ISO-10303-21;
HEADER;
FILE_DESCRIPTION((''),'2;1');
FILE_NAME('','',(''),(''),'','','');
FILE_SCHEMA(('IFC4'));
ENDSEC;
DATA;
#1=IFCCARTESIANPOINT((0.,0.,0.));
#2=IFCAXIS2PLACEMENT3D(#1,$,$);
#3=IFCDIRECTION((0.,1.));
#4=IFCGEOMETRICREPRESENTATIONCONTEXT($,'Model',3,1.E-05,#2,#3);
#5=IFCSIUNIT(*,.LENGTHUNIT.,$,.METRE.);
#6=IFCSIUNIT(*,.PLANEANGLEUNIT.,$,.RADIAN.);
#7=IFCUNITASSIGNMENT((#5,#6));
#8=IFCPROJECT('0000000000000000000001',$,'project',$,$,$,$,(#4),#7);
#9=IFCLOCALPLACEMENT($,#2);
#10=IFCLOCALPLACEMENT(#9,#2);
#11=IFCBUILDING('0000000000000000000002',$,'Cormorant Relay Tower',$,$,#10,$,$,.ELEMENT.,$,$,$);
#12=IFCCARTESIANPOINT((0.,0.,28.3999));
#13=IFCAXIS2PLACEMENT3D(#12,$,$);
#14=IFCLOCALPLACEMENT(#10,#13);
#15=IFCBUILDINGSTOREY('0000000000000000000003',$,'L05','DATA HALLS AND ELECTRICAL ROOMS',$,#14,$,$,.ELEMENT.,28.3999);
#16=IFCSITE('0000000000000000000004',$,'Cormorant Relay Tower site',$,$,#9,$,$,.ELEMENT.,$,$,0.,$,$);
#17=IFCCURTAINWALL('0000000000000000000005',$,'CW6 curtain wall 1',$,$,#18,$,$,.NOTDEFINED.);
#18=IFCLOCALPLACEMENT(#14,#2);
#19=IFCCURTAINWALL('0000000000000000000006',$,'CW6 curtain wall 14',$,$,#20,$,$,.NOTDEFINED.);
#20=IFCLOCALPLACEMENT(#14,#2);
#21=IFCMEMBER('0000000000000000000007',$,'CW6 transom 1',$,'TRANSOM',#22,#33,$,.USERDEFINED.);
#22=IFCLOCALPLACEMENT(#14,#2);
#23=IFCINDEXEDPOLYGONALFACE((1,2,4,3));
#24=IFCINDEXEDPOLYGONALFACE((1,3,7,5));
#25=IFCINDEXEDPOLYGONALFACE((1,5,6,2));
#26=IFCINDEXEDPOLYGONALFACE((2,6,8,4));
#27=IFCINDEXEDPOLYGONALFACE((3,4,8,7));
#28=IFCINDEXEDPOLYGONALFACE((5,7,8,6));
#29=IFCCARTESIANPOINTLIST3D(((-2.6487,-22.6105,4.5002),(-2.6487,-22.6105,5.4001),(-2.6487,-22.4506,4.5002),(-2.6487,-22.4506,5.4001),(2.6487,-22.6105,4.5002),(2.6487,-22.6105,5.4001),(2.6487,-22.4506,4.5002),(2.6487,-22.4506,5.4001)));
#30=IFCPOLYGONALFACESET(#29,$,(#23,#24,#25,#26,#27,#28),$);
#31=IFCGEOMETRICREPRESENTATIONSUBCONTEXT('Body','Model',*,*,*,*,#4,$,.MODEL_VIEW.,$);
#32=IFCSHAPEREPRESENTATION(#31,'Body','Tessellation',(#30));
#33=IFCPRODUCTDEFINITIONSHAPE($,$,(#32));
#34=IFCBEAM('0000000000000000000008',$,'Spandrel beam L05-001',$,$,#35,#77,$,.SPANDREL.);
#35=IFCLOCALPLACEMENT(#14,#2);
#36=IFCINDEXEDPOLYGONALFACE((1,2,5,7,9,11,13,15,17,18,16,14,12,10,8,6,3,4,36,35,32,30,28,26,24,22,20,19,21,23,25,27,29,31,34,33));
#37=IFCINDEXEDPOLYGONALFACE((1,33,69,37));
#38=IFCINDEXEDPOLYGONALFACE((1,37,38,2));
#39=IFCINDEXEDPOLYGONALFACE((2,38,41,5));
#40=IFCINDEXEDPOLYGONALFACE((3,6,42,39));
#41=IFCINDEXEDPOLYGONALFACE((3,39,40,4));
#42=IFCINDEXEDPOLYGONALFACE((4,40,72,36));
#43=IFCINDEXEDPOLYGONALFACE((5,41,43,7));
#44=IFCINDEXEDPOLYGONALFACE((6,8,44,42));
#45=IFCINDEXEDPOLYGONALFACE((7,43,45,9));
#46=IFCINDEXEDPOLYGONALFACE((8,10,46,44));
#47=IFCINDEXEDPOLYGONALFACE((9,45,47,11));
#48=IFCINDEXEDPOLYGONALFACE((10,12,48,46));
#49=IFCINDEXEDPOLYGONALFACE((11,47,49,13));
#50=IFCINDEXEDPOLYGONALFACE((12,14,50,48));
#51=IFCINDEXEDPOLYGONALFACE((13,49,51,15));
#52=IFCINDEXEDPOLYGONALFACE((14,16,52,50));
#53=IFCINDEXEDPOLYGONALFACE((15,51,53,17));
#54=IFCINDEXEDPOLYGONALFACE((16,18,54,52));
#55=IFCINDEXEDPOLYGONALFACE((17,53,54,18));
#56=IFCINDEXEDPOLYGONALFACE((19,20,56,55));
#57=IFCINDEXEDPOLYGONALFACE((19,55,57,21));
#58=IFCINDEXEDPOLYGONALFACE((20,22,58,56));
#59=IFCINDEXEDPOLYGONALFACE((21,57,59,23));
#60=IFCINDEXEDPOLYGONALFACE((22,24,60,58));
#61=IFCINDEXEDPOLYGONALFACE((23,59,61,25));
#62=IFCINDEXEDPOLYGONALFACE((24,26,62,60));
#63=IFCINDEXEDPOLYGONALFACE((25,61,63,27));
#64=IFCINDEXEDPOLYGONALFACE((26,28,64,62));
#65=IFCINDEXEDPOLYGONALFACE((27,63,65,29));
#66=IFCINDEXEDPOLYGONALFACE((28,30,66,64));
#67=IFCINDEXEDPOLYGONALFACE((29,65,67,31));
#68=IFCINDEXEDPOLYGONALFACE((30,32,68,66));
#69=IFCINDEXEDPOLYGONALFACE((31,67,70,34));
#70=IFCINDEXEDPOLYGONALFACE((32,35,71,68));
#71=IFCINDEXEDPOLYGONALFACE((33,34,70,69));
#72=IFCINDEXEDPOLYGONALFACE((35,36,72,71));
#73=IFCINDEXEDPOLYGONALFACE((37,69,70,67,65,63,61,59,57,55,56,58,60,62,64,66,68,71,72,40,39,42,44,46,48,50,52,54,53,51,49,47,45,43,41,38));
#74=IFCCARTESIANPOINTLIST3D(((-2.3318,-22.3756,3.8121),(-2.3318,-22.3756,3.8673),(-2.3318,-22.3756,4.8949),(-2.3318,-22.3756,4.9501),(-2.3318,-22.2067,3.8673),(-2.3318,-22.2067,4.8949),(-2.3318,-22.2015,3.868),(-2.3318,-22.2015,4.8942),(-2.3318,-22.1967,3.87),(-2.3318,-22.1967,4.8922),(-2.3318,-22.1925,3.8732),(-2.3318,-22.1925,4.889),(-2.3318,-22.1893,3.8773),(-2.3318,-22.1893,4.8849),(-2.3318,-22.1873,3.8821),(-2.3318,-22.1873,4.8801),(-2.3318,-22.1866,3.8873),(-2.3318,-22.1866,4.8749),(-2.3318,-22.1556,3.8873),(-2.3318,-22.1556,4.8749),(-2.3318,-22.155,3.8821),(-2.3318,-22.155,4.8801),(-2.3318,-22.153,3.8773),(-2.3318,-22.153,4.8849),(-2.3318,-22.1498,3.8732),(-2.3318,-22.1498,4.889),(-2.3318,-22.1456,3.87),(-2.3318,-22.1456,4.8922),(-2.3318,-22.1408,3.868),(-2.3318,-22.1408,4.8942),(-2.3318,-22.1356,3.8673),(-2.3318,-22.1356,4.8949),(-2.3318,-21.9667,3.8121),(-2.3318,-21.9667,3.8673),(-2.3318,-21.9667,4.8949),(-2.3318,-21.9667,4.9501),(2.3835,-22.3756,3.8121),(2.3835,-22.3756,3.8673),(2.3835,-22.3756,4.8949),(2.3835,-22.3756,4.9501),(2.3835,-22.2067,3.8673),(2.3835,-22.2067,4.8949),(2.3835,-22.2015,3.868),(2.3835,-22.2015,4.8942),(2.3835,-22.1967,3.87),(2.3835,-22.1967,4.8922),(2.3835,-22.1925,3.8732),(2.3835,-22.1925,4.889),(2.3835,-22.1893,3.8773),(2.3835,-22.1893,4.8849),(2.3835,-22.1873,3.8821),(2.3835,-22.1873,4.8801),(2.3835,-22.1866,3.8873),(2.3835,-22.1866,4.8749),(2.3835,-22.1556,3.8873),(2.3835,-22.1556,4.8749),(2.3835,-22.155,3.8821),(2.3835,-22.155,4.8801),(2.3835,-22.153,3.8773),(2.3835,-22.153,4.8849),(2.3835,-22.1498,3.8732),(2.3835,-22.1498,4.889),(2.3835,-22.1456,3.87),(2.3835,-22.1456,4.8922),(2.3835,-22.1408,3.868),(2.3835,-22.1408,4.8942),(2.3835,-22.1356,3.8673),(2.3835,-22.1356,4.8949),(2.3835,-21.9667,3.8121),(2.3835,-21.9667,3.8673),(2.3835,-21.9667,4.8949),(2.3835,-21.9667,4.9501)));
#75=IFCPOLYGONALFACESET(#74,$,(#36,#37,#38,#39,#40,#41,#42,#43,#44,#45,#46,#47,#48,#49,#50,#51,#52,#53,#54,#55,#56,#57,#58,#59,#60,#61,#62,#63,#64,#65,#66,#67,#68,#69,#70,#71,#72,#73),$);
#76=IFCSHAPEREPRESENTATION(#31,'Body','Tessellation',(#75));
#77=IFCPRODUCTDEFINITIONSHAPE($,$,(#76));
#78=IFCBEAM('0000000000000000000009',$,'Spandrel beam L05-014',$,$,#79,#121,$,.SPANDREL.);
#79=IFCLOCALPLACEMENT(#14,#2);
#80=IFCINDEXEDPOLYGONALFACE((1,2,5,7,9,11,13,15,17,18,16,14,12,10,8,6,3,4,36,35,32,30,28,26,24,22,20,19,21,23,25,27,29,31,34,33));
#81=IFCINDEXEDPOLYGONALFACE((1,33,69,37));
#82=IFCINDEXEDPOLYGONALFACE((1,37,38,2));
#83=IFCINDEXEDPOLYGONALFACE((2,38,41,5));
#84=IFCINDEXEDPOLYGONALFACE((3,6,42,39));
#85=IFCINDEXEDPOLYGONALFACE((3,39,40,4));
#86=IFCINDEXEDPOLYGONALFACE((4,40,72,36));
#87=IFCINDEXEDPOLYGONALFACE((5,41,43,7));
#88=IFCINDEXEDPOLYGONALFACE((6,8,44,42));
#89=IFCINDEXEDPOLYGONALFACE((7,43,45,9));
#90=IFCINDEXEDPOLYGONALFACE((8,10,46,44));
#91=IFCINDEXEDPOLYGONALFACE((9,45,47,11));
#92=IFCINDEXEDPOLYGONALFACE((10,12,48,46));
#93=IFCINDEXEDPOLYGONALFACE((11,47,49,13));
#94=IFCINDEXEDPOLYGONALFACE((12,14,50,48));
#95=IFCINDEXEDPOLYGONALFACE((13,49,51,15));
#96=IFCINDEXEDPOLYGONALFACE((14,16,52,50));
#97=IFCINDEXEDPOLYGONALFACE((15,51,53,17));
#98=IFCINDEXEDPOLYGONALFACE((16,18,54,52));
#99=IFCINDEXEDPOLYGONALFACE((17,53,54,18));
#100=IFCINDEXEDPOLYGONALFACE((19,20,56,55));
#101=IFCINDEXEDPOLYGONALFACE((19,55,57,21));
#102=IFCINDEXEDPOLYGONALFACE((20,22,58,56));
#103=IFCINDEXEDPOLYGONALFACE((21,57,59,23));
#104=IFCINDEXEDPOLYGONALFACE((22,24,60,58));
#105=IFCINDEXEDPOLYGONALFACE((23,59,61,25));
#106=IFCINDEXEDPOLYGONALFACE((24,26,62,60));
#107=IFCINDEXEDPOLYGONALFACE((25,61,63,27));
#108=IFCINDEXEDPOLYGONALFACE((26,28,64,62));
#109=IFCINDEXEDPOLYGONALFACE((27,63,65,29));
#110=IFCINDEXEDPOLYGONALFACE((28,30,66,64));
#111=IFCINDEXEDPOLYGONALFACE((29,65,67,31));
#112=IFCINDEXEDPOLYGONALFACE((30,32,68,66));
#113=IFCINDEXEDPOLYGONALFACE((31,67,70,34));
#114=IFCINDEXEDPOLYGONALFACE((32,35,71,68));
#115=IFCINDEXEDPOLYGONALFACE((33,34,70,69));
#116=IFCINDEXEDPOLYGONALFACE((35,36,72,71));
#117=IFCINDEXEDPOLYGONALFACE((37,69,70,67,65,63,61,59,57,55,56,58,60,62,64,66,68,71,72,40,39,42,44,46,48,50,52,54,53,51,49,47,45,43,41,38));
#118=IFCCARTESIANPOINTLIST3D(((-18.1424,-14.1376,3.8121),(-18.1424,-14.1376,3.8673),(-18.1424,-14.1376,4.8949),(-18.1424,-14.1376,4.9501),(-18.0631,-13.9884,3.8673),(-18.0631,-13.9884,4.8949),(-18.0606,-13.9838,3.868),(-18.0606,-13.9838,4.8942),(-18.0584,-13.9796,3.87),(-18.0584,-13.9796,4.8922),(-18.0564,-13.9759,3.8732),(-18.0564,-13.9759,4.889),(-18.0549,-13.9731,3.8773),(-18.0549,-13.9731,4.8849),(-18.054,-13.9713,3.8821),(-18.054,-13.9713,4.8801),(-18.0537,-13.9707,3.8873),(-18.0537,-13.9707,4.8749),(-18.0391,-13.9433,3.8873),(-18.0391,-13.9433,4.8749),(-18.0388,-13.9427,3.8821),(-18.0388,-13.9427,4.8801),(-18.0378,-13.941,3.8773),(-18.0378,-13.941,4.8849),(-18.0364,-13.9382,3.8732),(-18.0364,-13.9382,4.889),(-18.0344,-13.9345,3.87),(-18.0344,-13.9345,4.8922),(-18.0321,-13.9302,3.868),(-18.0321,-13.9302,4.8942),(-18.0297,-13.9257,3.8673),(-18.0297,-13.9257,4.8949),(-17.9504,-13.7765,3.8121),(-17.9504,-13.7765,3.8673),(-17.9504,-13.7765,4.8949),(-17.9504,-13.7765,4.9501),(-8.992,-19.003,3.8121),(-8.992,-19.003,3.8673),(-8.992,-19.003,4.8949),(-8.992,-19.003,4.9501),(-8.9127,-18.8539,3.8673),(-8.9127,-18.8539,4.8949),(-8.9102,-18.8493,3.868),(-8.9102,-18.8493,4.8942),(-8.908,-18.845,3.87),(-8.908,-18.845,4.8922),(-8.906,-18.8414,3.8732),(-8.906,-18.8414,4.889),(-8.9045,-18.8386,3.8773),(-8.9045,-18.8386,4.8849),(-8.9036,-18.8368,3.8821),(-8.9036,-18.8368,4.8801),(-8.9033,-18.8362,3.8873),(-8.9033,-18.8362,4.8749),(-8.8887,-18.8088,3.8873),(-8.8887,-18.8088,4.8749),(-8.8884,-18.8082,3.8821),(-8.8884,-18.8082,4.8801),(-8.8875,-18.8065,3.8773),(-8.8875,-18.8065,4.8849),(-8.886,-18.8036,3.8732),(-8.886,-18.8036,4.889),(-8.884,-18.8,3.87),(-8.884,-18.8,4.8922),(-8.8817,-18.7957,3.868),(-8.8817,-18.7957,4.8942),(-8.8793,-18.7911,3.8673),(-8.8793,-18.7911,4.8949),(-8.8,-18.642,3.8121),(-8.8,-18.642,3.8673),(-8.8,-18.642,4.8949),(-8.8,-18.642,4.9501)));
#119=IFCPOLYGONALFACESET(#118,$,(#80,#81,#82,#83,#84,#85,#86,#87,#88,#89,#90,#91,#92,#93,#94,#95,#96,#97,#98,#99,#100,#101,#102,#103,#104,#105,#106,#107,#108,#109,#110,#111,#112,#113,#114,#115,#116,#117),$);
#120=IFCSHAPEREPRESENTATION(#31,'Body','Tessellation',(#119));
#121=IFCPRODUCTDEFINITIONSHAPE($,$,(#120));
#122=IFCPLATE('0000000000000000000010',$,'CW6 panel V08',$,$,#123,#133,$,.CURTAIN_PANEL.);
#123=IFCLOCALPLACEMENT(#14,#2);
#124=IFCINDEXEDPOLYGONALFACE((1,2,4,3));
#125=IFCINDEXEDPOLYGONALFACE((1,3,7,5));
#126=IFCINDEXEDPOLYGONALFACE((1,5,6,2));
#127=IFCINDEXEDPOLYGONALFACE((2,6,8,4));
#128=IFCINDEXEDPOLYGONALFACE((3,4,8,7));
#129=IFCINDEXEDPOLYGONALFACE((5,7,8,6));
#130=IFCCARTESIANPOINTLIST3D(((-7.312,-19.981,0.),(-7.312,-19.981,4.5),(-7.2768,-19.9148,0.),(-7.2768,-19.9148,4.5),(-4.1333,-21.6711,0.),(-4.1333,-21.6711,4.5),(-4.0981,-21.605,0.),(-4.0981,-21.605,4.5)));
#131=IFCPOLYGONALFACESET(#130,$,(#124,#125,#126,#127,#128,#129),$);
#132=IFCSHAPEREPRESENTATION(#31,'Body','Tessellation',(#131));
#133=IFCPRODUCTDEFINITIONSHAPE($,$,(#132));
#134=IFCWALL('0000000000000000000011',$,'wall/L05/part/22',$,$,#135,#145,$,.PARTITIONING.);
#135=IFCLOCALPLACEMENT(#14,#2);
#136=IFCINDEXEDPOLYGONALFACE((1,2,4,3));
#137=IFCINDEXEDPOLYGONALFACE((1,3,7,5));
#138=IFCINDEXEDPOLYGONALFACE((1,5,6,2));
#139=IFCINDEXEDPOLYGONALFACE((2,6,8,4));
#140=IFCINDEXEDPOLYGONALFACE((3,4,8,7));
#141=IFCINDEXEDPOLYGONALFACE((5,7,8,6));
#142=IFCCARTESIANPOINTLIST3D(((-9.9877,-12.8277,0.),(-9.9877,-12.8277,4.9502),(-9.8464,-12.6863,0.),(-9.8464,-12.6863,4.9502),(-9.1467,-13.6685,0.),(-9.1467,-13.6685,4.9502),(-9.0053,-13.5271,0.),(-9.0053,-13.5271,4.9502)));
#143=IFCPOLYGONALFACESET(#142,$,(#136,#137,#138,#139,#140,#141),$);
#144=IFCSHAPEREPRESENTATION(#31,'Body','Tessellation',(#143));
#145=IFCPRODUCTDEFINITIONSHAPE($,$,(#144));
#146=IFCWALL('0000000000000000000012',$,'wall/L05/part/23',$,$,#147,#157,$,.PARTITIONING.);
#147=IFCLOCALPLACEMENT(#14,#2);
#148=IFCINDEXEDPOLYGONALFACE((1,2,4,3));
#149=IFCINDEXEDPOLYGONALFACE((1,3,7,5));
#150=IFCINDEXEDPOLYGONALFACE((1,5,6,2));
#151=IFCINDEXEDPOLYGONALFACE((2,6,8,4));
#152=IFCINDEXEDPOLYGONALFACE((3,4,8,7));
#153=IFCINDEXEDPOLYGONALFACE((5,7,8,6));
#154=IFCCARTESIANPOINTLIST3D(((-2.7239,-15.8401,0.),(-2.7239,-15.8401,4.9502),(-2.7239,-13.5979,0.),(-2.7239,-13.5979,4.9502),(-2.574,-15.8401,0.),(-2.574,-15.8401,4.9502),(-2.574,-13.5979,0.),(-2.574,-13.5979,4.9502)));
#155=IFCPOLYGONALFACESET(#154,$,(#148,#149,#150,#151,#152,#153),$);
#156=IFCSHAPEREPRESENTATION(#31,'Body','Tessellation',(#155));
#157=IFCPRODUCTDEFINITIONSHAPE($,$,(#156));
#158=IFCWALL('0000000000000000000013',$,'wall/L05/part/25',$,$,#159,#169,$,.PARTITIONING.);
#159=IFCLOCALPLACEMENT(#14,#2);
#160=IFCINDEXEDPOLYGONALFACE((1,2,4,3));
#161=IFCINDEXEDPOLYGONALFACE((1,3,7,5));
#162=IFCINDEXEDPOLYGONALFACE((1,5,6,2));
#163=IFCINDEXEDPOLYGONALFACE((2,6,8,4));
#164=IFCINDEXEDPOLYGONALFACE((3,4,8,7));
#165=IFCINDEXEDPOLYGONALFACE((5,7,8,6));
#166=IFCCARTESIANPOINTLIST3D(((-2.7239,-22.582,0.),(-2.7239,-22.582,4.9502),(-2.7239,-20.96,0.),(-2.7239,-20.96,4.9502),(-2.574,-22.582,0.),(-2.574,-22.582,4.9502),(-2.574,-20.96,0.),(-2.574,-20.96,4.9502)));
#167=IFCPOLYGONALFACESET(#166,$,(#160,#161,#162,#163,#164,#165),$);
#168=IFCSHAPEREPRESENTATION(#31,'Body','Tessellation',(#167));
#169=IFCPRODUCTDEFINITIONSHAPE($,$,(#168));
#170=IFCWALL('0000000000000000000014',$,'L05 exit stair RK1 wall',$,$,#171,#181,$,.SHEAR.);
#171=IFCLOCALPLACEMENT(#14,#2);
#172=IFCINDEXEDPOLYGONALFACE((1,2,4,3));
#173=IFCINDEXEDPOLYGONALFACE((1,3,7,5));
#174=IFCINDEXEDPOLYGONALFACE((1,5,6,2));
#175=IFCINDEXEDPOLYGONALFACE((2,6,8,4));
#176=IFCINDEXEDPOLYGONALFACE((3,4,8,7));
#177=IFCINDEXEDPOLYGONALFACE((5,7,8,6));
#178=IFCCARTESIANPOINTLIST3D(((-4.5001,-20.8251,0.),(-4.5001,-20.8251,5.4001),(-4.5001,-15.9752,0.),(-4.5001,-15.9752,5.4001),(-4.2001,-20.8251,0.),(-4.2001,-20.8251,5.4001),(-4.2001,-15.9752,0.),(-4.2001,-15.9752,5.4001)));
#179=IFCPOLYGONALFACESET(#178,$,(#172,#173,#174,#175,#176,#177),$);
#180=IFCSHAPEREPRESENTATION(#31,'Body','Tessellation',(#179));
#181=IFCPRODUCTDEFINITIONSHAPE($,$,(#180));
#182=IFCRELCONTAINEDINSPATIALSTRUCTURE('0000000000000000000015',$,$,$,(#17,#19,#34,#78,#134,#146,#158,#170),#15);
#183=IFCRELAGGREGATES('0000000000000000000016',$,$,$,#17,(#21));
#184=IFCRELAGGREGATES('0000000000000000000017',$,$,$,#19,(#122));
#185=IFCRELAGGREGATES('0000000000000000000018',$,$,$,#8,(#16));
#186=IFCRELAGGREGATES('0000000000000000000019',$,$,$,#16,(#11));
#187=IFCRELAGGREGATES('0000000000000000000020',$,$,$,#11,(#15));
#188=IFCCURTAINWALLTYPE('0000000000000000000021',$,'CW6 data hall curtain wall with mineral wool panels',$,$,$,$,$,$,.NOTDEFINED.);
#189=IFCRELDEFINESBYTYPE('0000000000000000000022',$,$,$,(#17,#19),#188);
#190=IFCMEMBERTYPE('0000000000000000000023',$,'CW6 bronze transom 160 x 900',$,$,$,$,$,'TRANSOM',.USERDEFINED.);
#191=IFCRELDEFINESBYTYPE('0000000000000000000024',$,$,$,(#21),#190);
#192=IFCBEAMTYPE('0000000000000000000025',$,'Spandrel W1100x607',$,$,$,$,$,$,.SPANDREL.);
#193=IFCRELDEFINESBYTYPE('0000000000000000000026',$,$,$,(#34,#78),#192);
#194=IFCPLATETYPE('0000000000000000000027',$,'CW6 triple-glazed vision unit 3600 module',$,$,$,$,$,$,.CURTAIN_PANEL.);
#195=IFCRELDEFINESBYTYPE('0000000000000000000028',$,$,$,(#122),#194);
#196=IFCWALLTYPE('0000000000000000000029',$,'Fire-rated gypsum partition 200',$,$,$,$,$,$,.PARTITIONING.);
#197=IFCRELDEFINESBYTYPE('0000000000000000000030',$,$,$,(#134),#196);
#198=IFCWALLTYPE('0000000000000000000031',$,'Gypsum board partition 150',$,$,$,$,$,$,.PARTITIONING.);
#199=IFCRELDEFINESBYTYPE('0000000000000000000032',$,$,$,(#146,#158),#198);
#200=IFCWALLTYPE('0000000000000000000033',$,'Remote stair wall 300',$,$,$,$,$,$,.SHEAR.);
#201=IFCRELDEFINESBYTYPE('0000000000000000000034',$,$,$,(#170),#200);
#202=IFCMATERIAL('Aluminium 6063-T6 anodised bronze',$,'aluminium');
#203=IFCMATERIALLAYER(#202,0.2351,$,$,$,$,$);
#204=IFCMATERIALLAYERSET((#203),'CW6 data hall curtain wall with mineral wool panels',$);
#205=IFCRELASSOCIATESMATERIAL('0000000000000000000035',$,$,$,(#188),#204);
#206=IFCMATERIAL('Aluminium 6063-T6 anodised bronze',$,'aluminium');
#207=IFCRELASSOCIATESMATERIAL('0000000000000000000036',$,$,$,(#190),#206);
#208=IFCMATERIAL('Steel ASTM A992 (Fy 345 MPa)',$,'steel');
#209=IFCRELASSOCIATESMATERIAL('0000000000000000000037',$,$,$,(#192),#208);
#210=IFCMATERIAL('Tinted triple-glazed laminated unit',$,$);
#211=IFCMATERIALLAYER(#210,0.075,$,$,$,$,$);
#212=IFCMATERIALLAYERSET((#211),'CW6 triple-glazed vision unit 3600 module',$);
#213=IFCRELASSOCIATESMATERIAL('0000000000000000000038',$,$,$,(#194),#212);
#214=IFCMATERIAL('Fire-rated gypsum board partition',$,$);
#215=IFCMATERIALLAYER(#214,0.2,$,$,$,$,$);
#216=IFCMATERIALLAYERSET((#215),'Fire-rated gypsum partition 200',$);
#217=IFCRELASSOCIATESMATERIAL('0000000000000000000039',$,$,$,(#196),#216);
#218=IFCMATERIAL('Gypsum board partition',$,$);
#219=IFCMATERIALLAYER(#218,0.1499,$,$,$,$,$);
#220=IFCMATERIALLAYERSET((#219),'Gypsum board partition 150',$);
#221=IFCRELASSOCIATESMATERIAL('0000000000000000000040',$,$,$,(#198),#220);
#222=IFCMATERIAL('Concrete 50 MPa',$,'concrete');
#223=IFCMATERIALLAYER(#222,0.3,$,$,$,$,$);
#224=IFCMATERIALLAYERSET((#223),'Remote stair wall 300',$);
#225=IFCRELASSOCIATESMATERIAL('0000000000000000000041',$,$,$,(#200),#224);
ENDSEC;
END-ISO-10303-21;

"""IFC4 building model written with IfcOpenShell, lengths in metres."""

from ifc_helpers import new_model, si_unit, direction, frame, frame_2d, origin, origin_2d, place, context, subcontext, project, spatial, rectangle, i_section, extrude, material, layer, layer_set, material_profile, profile_set, type_object, element, aggregate, save


model = new_model("IFC4")

# Units and contexts
model_context = context("Model", 3, precision=1e-05, world=origin(), true_north=direction((0.0, 1.0)))
body_context = subcontext(model_context, "Body", "Model", "MODEL_VIEW")
ifc_project = project(units=[si_unit("LENGTHUNIT", "METRE"), si_unit("PLANEANGLEUNIT", "RADIAN")], contexts=[model_context])

# Site, building, storey
site_placement = place(None, origin())
site = spatial("IfcSite", under=ifc_project, at=site_placement, Name="Cormorant Relay Tower site", CompositionType="ELEMENT", RefElevation=0.0)
building_placement = place(site_placement, origin())
building = spatial("IfcBuilding", under=site, at=building_placement, Name="Cormorant Relay Tower", CompositionType="ELEMENT")
storey_placement = place(building_placement, frame((0.0, 0.0, 28.3999)))
storey = spatial("IfcBuildingStorey", under=building, at=storey_placement, Name="L05", Description="DATA HALLS AND ELECTRICAL ROOMS", CompositionType="ELEMENT", Elevation=28.3999)

# Curtain wall
ifc_material_1 = material(Name="Aluminium 6063-T6 anodised bronze", Category="aluminium")
ifc_layer_1 = layer(ifc_material_1, 0.2351)
ifc_layer_set_1 = layer_set([ifc_layer_1], Name="CW6 data hall curtain wall with mineral wool panels")
curtain_wall_type = type_object("IfcCurtainWallType", Name="CW6 data hall curtain wall with mineral wool panels", PredefinedType="NOTDEFINED", material=ifc_layer_set_1)
curtain_wall_1_placement = place(storey_placement, origin())
curtain_wall_1 = element("IfcCurtainWall", 1, at=curtain_wall_1_placement, inside=storey, type_object=curtain_wall_type, Name="CW6 curtain wall 1", PredefinedType="NOTDEFINED")

# Curtain wall
curtain_wall_2_placement = place(storey_placement, origin())
curtain_wall_2 = element("IfcCurtainWall", 2, at=curtain_wall_2_placement, inside=storey, type_object=curtain_wall_type, Name="CW6 curtain wall 14", PredefinedType="NOTDEFINED")

# Member
ifc_material_2 = material(Name="Aluminium 6063-T6 anodised bronze", Category="aluminium")
ifc_material_profile_1 = material_profile(ifc_material_2, rectangle(XDim=0.1599, YDim=0.8999, at=origin_2d()), Name="AL 160x900")
ifc_profile_set_1 = profile_set([ifc_material_profile_1], Name="Aluminium 6063-T6 anodised bronze")
member_type_1 = type_object("IfcMemberType", Name="CW6 bronze transom 160 x 900", ElementType="TRANSOM", PredefinedType="USERDEFINED", material=ifc_profile_set_1)
member_1_placement = place(storey_placement, frame((-2.6487, -22.5305, 4.9502), z_axis=(1.0, 0.0, 0.0), x_axis=(0.0, 1.0, 0.0)))
member_1 = element("IfcMember", 3, at=member_1_placement, type_object=member_type_1, Name="CW6 transom 1", ObjectType="TRANSOM", PredefinedType="USERDEFINED", context=body_context, shape_type="SweptSolid", body=[
    extrude(rectangle(XDim=0.1599, YDim=0.8999, at=origin_2d()), origin(), (0.0, 0.0, 1.0), 5.2974),
])

# Beams
ifc_material_3 = material(Name="Steel ASTM A992 (Fy 345 MPa)", Category="steel")
ifc_material_profile_2 = material_profile(ifc_material_3, i_section(OverallWidth=0.4089, OverallDepth=1.1379, WebThickness=0.031, FlangeThickness=0.0552, FilletRadius=0.02, at=origin_2d()), Name="W1100x607")
ifc_profile_set_2 = profile_set([ifc_material_profile_2], Name="Steel ASTM A992 (Fy 345 MPa)")
beam_type = type_object("IfcBeamType", Name="Spandrel W1100x607", PredefinedType="SPANDREL", material=ifc_profile_set_2)
beam_1_placement = place(storey_placement, frame((-2.3318, -22.1711, 4.3811), z_axis=(1.0, 0.0, 0.0), x_axis=(0.0, 1.0, 0.0)))
element("IfcBeam", 4, at=beam_1_placement, inside=storey, type_object=beam_type, Name="Spandrel beam L05-001", PredefinedType="SPANDREL", context=body_context, shape_type="SweptSolid", body=[
    extrude(i_section(OverallWidth=0.4089, OverallDepth=1.1379, WebThickness=0.031, FlangeThickness=0.0552, FilletRadius=0.02, at=origin_2d()), origin(), (0.0, 0.0, 1.0), 4.7153),
])
beam_2_placement = place(storey_placement, frame((-18.0464, -13.957, 4.3811), z_axis=(0.882942, -0.469481, 0.0), x_axis=(0.469481, 0.882942, 0.0)))
element("IfcBeam", 5, at=beam_2_placement, inside=storey, type_object=beam_type, Name="Spandrel beam L05-014", PredefinedType="SPANDREL", context=body_context, shape_type="SweptSolid", body=[
    extrude(i_section(OverallWidth=0.4089, OverallDepth=1.1379, WebThickness=0.031, FlangeThickness=0.0552, FilletRadius=0.02, at=origin_2d()), origin(), (0.0, 0.0, 1.0), 10.3635),
])

# Plate
ifc_material_4 = material(Name="Tinted triple-glazed laminated unit")
ifc_layer_2 = layer(ifc_material_4, 0.075)
ifc_layer_set_2 = layer_set([ifc_layer_2], Name="CW6 triple-glazed vision unit 3600 module")
plate_type = type_object("IfcPlateType", Name="CW6 triple-glazed vision unit 3600 module", PredefinedType="CURTAIN_PANEL", material=ifc_layer_set_2)
plate_placement = place(storey_placement, frame((-5.7051, -20.793, 0.0), z_axis=(0.0, 0.0, 1.0), x_axis=(0.882948, -0.469472, 0.0)))
plate = element("IfcPlate", 6, at=plate_placement, type_object=plate_type, Name="CW6 panel V08", PredefinedType="CURTAIN_PANEL", context=body_context, shape_type="SweptSolid", body=[
    extrude(rectangle(XDim=3.6001, YDim=0.075, at=origin_2d()), origin(), (0.0, 0.0, 1.0), 4.5),
])

# Walls
ifc_material_5 = material(Name="Fire-rated gypsum board partition")
ifc_layer_3 = layer(ifc_material_5, 0.2)
ifc_layer_set_3 = layer_set([ifc_layer_3], Name="Fire-rated gypsum partition 200")
wall_type_1 = type_object("IfcWallType", Name="Fire-rated gypsum partition 200", PredefinedType="PARTITIONING", material=ifc_layer_set_3)
wall_1_placement = place(storey_placement, frame((-9.0759, -13.5979, 0.0), z_axis=(0.0, 0.0, 1.0), x_axis=(-0.707209, 0.707004, 0.0)))
element("IfcWall", 7, at=wall_1_placement, inside=storey, type_object=wall_type_1, Name="wall/L05/part/22", PredefinedType="PARTITIONING", context=body_context, shape_type="SweptSolid", body=[
    extrude(rectangle(XDim=1.1892, YDim=0.2, at=frame_2d((0.5947, 0.0))), origin(), (0.0, 0.0, 1.0), 4.9502),
])
ifc_material_6 = material(Name="Gypsum board partition")
ifc_layer_4 = layer(ifc_material_6, 0.1499)
ifc_layer_set_4 = layer_set([ifc_layer_4], Name="Gypsum board partition 150")
wall_type_2 = type_object("IfcWallType", Name="Gypsum board partition 150", PredefinedType="PARTITIONING", material=ifc_layer_set_4)
wall_2_placement = place(storey_placement, frame((-2.6489, -15.8401, 0.0), z_axis=(0.0, 0.0, 1.0), x_axis=(0.0, 1.0, 0.0)))
element("IfcWall", 8, at=wall_2_placement, inside=storey, type_object=wall_type_2, Name="wall/L05/part/23", PredefinedType="PARTITIONING", context=body_context, shape_type="SweptSolid", body=[
    extrude(rectangle(XDim=2.2422, YDim=0.1499, at=frame_2d((1.1211, 0.0))), origin(), (0.0, 0.0, 1.0), 4.9502),
])
wall_3_placement = place(storey_placement, frame((-2.6489, -20.96, 0.0), z_axis=(0.0, 0.0, 1.0), x_axis=(0.0, -1.0, 0.0)))
element("IfcWall", 9, at=wall_3_placement, inside=storey, type_object=wall_type_2, Name="wall/L05/part/25", PredefinedType="PARTITIONING", context=body_context, shape_type="SweptSolid", body=[
    extrude(rectangle(XDim=1.6221, YDim=0.1499, at=frame_2d((0.811, 0.0))), origin(), (0.0, 0.0, 1.0), 4.9502),
])
ifc_material_7 = material(Name="Concrete 50 MPa", Category="concrete")
ifc_layer_5 = layer(ifc_material_7, 0.3)
ifc_layer_set_5 = layer_set([ifc_layer_5], Name="Remote stair wall 300")
wall_type_3 = type_object("IfcWallType", Name="Remote stair wall 300", PredefinedType="SHEAR", material=ifc_layer_set_5)
wall_4_placement = place(storey_placement, frame((-4.3501, -20.825, 0.0), z_axis=(0.0, 0.0, 1.0), x_axis=(0.0, 1.0, 0.0)))
element("IfcWall", 10, at=wall_4_placement, inside=storey, type_object=wall_type_3, Name="L05 exit stair RK1 wall", PredefinedType="SHEAR", context=body_context, shape_type="SweptSolid", body=[
    extrude(rectangle(XDim=4.8499, YDim=0.3, at=frame_2d((2.4248, 0.0))), origin(), (0.0, 0.0, 1.0), 5.4001),
])

aggregate(curtain_wall_1, [member_1])
aggregate(curtain_wall_2, [plate])

save(model, "model.ifc")
